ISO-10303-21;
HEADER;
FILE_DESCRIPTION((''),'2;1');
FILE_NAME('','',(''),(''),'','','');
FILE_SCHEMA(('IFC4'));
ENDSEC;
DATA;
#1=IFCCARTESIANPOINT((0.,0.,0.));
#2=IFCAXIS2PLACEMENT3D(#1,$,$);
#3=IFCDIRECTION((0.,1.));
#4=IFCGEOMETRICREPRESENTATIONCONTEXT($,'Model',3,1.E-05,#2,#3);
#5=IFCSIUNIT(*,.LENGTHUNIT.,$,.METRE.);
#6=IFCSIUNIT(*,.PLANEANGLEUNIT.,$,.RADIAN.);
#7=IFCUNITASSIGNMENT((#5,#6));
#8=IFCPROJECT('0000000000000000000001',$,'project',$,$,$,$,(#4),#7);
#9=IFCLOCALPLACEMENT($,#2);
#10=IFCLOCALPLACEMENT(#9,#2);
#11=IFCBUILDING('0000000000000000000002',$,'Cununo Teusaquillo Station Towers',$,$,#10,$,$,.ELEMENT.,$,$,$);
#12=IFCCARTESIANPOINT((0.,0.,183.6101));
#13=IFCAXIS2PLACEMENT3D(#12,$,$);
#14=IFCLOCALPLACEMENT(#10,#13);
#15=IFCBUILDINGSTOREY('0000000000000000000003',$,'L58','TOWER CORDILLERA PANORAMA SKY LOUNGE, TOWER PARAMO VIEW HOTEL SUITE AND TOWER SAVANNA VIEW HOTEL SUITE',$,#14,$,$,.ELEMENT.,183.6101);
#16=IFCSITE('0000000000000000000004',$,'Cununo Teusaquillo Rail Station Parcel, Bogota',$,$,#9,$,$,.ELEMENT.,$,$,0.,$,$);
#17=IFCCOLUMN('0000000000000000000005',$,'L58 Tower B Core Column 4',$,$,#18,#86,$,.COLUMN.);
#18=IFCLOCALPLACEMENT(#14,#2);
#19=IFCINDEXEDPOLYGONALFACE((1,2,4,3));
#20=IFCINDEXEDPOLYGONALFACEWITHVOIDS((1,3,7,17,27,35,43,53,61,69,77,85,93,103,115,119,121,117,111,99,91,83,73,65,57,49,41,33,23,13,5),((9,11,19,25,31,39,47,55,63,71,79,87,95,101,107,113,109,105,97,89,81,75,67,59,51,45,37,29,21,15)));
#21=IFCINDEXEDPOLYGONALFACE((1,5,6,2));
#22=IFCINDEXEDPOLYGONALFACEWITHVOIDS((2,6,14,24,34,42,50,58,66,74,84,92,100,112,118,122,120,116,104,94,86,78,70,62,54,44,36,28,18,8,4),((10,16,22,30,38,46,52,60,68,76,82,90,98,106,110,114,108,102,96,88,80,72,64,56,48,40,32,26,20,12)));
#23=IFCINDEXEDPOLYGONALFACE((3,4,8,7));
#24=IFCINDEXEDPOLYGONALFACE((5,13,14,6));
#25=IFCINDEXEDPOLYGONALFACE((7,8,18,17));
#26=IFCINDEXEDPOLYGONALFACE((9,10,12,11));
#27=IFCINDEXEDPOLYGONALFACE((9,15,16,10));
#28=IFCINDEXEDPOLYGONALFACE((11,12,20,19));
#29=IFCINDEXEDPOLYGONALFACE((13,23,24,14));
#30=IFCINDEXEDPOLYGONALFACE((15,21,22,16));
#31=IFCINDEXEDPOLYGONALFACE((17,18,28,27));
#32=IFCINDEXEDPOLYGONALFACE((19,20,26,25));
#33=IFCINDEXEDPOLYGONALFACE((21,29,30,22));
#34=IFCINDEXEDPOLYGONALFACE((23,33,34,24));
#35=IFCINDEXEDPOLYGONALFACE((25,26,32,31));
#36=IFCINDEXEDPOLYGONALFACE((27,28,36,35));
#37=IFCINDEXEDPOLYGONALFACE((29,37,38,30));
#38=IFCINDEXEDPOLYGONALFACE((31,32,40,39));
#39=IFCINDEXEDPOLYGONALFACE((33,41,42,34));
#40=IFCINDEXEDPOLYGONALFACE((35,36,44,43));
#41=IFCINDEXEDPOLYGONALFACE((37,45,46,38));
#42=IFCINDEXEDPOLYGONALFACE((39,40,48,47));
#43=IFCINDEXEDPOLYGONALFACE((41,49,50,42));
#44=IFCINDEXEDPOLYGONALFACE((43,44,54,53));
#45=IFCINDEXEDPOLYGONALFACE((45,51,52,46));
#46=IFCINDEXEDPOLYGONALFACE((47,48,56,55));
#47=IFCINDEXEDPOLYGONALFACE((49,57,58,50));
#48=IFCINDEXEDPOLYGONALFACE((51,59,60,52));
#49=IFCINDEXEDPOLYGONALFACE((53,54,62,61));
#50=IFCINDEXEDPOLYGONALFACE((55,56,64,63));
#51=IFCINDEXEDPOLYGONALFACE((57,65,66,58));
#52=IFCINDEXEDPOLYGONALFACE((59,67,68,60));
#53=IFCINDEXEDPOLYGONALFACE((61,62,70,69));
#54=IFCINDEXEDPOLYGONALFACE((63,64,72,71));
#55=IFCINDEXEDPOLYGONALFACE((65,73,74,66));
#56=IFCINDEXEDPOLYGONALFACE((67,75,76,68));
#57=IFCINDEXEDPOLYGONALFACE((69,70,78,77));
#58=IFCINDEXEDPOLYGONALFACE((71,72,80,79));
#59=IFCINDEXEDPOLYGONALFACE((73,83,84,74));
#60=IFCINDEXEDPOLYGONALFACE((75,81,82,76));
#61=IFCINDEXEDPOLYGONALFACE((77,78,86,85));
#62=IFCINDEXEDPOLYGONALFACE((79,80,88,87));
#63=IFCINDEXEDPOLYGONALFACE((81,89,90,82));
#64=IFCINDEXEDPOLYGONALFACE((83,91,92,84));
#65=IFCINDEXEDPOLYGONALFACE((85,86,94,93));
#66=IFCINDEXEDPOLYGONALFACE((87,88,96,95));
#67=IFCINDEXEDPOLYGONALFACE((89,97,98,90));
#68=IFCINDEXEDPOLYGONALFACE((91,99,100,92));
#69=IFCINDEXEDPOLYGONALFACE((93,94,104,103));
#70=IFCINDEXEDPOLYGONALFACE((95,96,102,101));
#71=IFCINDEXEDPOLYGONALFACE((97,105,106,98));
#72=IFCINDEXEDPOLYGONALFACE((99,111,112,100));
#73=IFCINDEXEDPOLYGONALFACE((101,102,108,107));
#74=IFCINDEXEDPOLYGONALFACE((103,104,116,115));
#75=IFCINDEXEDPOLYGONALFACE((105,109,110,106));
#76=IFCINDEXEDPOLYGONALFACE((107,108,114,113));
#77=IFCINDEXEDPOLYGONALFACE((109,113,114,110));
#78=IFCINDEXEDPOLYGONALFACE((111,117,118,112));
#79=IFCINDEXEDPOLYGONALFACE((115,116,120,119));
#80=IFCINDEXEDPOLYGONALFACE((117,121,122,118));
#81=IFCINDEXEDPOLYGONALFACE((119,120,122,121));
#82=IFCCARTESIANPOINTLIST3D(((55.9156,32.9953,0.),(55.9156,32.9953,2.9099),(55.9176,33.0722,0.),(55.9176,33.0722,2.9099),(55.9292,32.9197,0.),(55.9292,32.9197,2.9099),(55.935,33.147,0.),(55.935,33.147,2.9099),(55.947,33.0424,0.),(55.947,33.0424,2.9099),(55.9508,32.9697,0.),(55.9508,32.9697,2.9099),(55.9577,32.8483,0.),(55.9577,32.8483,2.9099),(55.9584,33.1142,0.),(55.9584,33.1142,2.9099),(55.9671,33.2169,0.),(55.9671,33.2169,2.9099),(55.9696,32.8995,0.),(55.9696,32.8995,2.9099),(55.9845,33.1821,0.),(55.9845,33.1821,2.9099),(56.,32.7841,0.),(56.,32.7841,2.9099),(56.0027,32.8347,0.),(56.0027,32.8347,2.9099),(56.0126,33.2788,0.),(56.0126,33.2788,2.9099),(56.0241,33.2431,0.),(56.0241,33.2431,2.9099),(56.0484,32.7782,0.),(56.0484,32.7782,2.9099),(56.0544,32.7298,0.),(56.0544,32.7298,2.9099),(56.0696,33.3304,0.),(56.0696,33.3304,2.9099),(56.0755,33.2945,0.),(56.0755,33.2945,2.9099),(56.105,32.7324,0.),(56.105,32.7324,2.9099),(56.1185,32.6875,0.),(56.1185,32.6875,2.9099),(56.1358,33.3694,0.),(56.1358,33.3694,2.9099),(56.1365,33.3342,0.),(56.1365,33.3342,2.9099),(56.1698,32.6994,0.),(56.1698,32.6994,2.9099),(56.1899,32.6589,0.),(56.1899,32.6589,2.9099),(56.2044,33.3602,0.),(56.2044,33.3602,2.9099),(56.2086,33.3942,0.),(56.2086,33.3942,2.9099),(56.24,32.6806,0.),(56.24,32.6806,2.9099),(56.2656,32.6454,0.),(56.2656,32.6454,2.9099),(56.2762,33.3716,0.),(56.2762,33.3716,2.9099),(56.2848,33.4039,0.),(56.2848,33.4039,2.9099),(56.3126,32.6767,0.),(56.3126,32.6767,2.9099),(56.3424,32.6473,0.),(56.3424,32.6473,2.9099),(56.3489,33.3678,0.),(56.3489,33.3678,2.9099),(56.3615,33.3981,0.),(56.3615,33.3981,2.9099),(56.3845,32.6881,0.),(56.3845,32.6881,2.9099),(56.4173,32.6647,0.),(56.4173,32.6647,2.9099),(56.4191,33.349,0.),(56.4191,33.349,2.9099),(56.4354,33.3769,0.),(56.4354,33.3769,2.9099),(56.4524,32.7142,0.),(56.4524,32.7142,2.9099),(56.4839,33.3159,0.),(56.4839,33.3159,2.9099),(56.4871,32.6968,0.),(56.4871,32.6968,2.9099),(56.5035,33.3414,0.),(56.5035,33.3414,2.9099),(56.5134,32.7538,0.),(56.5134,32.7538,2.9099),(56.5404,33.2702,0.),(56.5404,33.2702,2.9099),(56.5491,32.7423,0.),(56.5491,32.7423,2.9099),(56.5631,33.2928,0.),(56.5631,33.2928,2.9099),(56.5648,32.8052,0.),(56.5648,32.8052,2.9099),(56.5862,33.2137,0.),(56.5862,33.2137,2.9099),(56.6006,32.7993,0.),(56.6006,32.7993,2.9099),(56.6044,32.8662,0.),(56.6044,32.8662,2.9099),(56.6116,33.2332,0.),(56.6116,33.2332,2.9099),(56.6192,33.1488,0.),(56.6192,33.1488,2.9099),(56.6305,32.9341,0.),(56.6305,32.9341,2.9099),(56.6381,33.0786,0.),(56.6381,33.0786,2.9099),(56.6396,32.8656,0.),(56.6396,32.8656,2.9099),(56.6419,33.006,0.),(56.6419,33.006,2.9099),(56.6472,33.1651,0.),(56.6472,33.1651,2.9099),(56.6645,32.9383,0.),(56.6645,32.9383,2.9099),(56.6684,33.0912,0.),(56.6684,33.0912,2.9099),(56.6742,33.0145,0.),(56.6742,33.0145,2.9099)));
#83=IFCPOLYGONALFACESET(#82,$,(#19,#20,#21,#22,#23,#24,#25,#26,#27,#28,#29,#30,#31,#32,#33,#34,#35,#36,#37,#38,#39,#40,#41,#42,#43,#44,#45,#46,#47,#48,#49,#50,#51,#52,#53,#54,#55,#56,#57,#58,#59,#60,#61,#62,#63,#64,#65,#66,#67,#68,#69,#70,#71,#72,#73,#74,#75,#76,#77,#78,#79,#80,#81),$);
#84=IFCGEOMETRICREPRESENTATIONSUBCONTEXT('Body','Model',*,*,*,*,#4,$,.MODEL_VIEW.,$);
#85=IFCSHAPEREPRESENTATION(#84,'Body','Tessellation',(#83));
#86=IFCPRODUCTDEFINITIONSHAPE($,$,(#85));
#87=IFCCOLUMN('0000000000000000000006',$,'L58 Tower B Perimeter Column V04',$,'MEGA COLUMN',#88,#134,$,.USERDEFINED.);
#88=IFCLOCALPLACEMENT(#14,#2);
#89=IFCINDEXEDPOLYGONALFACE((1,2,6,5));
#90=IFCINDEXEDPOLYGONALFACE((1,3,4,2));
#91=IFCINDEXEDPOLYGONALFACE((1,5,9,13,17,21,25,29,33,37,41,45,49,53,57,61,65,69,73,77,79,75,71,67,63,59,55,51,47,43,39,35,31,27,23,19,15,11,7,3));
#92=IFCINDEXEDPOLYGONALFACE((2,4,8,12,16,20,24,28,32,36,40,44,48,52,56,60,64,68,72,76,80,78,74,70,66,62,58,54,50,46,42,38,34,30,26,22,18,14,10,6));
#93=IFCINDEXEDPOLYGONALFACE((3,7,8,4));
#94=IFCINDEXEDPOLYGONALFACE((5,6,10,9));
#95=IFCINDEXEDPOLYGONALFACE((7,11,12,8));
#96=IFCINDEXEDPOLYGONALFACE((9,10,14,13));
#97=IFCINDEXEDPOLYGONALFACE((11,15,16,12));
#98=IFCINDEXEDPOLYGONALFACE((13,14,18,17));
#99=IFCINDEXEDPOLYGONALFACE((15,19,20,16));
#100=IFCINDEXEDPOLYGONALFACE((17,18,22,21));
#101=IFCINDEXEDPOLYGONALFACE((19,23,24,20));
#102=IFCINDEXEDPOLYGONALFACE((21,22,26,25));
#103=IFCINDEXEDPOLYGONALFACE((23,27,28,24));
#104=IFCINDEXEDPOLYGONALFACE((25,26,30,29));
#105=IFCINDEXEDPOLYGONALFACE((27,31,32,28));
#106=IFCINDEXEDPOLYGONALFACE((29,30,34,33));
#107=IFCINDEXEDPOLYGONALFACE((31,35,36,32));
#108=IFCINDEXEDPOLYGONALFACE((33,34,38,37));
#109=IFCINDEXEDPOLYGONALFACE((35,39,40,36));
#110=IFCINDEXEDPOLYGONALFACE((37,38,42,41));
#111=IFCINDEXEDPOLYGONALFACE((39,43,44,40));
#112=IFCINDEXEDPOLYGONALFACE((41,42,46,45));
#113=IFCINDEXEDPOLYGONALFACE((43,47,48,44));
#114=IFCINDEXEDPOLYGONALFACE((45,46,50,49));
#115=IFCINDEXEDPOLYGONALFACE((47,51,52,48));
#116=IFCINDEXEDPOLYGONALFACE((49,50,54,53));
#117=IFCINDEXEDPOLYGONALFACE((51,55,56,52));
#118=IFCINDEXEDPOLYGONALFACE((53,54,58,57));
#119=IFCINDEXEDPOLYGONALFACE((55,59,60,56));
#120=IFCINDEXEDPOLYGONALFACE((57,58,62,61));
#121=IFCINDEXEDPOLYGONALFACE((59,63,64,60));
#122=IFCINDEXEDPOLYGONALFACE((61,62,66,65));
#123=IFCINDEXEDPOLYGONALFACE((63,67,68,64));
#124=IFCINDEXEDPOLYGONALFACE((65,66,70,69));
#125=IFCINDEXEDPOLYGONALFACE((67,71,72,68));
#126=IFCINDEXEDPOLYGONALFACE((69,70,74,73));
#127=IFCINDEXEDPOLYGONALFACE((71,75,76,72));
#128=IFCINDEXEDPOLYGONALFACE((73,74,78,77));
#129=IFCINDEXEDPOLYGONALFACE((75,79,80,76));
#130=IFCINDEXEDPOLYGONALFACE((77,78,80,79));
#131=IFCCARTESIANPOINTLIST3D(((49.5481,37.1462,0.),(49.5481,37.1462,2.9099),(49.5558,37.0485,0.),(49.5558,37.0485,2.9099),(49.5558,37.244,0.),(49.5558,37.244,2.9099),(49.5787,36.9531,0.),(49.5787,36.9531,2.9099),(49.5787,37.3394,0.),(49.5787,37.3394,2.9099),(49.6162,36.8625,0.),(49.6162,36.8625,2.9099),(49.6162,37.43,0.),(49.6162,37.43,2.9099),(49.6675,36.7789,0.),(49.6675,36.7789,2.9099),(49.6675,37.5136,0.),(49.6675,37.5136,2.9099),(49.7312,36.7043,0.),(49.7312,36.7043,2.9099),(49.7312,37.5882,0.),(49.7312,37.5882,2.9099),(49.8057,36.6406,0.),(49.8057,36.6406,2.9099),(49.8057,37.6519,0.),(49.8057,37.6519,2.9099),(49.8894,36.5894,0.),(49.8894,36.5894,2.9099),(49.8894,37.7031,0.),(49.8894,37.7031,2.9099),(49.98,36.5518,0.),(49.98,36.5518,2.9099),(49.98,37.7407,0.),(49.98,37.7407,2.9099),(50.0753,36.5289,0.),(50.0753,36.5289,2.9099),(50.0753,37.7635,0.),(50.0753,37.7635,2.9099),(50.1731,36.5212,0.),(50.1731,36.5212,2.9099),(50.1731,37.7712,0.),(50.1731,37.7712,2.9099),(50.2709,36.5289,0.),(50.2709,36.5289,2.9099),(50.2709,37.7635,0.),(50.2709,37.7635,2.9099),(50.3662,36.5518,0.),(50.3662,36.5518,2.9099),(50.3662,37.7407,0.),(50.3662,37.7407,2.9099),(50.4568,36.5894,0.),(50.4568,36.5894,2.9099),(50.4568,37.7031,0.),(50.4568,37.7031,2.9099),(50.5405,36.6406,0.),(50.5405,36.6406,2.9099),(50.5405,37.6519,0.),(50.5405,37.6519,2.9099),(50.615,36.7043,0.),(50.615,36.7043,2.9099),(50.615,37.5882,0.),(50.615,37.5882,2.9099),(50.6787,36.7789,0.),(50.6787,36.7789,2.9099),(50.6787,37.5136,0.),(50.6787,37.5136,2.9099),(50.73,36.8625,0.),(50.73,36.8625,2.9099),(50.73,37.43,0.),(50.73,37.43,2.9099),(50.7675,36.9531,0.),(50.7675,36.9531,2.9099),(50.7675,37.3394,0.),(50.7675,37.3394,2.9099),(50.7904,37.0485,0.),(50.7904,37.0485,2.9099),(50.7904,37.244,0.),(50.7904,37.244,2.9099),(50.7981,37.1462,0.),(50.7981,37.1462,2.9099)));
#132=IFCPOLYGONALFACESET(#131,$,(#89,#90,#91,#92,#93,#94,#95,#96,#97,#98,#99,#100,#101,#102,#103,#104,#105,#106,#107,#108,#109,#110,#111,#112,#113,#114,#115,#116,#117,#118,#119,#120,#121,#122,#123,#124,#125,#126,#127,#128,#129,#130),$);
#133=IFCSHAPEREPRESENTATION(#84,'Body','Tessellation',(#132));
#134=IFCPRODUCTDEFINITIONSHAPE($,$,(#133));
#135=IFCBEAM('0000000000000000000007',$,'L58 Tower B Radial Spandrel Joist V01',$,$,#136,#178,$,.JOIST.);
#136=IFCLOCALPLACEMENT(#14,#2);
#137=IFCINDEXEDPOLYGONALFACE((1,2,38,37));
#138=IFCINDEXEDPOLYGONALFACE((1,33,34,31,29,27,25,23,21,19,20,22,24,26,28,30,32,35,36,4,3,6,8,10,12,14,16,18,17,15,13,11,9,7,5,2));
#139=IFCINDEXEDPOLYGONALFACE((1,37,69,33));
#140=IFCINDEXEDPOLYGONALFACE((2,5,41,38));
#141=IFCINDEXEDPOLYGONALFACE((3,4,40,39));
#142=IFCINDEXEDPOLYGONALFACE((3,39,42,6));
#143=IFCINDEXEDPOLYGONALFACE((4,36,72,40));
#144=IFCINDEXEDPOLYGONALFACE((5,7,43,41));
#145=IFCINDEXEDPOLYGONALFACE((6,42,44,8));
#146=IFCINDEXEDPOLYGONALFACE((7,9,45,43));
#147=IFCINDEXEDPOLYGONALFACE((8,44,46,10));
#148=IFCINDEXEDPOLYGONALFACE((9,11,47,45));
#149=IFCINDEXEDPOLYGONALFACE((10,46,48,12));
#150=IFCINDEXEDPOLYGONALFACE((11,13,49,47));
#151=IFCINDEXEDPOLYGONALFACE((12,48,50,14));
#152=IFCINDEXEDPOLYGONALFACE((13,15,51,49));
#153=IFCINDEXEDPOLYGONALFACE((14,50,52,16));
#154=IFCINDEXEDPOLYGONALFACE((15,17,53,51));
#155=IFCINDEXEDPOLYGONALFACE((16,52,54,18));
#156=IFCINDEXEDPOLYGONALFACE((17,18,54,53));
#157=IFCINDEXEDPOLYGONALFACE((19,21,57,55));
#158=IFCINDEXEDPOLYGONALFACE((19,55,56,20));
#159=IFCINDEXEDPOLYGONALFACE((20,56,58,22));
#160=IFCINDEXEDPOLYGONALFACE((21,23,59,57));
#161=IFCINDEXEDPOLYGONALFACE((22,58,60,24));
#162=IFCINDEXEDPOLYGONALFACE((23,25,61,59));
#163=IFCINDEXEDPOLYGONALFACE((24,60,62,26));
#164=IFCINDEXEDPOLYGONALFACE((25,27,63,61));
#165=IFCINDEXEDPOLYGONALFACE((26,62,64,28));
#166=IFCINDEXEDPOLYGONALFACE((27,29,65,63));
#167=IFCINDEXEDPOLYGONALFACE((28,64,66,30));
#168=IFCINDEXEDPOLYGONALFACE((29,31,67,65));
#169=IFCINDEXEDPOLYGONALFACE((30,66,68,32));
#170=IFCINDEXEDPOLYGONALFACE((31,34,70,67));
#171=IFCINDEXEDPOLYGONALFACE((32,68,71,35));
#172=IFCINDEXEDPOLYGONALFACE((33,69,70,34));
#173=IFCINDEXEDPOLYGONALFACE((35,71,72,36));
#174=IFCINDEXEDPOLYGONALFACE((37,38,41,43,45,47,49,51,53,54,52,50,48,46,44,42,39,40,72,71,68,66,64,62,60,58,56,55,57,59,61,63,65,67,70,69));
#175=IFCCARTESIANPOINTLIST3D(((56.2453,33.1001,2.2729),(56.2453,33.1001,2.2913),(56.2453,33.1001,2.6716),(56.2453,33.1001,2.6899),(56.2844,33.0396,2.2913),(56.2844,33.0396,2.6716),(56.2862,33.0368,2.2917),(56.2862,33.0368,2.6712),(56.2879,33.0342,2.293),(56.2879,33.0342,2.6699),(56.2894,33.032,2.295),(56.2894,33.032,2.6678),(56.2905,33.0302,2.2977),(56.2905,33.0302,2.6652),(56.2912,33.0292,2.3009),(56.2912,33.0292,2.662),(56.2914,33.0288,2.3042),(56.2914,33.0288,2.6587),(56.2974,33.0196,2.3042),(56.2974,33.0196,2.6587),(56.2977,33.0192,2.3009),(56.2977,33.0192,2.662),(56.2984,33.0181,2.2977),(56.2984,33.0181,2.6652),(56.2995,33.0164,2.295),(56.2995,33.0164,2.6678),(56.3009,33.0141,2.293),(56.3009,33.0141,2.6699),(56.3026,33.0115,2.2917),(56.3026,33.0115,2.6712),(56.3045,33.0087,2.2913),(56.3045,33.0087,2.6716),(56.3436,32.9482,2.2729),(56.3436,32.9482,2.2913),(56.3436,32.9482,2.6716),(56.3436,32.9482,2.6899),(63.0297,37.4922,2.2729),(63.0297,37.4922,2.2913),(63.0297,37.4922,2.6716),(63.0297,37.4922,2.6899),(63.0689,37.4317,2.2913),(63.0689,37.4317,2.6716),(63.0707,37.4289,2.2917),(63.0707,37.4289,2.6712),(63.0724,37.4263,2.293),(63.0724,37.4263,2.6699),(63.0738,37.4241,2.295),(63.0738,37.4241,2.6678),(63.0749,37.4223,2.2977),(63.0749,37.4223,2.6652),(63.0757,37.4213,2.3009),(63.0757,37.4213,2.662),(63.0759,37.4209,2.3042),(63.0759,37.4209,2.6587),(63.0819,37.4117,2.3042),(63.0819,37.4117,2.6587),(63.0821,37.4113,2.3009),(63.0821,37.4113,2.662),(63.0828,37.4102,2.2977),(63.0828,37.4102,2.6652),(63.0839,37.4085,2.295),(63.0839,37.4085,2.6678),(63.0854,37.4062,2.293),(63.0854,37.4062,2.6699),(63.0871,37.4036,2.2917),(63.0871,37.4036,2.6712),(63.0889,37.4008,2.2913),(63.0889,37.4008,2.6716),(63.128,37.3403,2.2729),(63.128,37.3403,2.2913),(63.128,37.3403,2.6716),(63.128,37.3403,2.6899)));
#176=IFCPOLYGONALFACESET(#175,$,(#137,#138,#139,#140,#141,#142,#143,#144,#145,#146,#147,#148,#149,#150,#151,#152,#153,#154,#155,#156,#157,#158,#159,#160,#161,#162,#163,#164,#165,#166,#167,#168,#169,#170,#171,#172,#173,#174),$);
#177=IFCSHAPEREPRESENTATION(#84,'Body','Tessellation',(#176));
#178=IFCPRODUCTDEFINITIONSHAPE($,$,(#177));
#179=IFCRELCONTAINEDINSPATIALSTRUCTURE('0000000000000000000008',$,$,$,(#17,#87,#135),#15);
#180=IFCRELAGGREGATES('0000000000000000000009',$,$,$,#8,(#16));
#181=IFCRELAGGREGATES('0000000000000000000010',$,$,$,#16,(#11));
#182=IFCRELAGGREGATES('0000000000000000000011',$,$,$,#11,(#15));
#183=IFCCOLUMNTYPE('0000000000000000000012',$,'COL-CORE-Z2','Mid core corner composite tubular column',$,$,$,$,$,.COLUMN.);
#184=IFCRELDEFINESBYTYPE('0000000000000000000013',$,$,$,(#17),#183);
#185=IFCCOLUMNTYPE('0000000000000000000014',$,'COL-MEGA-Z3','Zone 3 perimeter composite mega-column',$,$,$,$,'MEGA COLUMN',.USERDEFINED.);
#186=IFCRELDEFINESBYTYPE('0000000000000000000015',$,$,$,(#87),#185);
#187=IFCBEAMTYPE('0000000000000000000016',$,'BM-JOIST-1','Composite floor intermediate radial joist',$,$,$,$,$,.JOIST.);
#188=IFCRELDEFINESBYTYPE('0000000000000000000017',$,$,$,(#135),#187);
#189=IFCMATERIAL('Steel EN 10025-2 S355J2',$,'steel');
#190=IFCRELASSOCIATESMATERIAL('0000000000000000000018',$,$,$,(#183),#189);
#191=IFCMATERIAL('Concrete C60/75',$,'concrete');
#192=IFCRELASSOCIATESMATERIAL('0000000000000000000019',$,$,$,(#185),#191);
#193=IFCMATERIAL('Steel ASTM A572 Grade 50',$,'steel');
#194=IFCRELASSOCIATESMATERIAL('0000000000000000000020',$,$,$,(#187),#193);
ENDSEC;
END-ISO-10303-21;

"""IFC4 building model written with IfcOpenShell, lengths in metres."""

from ifc_helpers import new_model, si_unit, direction, frame, origin, origin_2d, place, context, subcontext, project, spatial, circle, hollow_circle, i_section, extrude, material, material_profile, profile_set, type_object, element, save


model = new_model("IFC4")

# Units and contexts
model_context = context("Model", 3, precision=1e-05, world=origin(), true_north=direction((0.0, 1.0)))
body_context = subcontext(model_context, "Body", "Model", "MODEL_VIEW")
ifc_project = project(units=[si_unit("LENGTHUNIT", "METRE"), si_unit("PLANEANGLEUNIT", "RADIAN")], contexts=[model_context])

# Site, building, storey
site_placement = place(None, origin())
site = spatial("IfcSite", under=ifc_project, at=site_placement, Name="Cununo Teusaquillo Rail Station Parcel, Bogota", CompositionType="ELEMENT", RefElevation=0.0)
building_placement = place(site_placement, origin())
building = spatial("IfcBuilding", under=site, at=building_placement, Name="Cununo Teusaquillo Station Towers", CompositionType="ELEMENT")
storey_placement = place(building_placement, frame((0.0, 0.0, 183.6101)))
storey = spatial("IfcBuildingStorey", under=building, at=storey_placement, Name="L58", Description="TOWER CORDILLERA PANORAMA SKY LOUNGE, TOWER PARAMO VIEW HOTEL SUITE AND TOWER SAVANNA VIEW HOTEL SUITE", CompositionType="ELEMENT", Elevation=183.6101)

# Columns
ifc_material_1 = material(Name="Steel EN 10025-2 S355J2", Category="steel")
ifc_material_profile_1 = material_profile(ifc_material_1, hollow_circle(Radius=0.3799, WallThickness=0.032, at=origin_2d()), Name="CHS 760x32")
ifc_profile_set_1 = profile_set([ifc_material_profile_1], Name="Steel EN 10025-2 S355J2")
column_type_1 = type_object("IfcColumnType", Name="COL-CORE-Z2", Description="Mid core corner composite tubular column", PredefinedType="COLUMN", material=ifc_profile_set_1)
column_1_placement = place(storey_placement, frame((56.2944, 33.0242, 0.0), z_axis=(0.0, 0.0, 1.0), x_axis=(0.707107, 0.707107, 0.0)))
element("IfcColumn", 1, at=column_1_placement, inside=storey, type_object=column_type_1, Name="L58 Tower B Core Column 4", PredefinedType="COLUMN", context=body_context, shape_type="SweptSolid", body=[
    extrude(hollow_circle(Radius=0.3799, WallThickness=0.032, at=origin_2d()), origin(), (0.0, 0.0, 1.0), 2.9099),
])
ifc_material_2 = material(Name="Concrete C60/75", Category="concrete")
ifc_material_profile_2 = material_profile(ifc_material_2, circle(Radius=0.625, at=origin_2d()), Name="RC-CIRC-1250")
ifc_profile_set_2 = profile_set([ifc_material_profile_2], Name="Concrete C60/75")
column_type_2 = type_object("IfcColumnType", Name="COL-MEGA-Z3", Description="Zone 3 perimeter composite mega-column", ElementType="MEGA COLUMN", PredefinedType="USERDEFINED", material=ifc_profile_set_2)
column_2_placement = place(storey_placement, frame((50.1731, 37.1462, 0.0), z_axis=(0.0, 0.0, 1.0), x_axis=(1.0, 0.0, 0.0)))
element("IfcColumn", 2, at=column_2_placement, inside=storey, type_object=column_type_2, Name="L58 Tower B Perimeter Column V04", ObjectType="MEGA COLUMN", PredefinedType="USERDEFINED", context=body_context, shape_type="SweptSolid", body=[
    extrude(circle(Radius=0.625, at=origin_2d()), origin(), (0.0, 0.0, 1.0), 2.9099),
])

# Beam
ifc_material_3 = material(Name="Steel ASTM A572 Grade 50", Category="steel")
ifc_material_profile_3 = material_profile(ifc_material_3, i_section(OverallWidth=0.1809, OverallDepth=0.417, WebThickness=0.011, FlangeThickness=0.0183, FilletRadius=0.0129, at=origin_2d()), Name="W16X57")
ifc_profile_set_3 = profile_set([ifc_material_profile_3], Name="Steel ASTM A572 Grade 50")
beam_type_1 = type_object("IfcBeamType", Name="BM-JOIST-1", Description="Composite floor intermediate radial joist", PredefinedType="JOIST", material=ifc_profile_set_3)
beam_1_placement = place(storey_placement, frame((56.2944, 33.0242, 2.4814), z_axis=(0.839448, 0.54344, 0.0), x_axis=(-0.54344, 0.839448, 0.0)))
element("IfcBeam", 3, at=beam_1_placement, inside=storey, type_object=beam_type_1, Name="L58 Tower B Radial Spandrel Joist V01", PredefinedType="JOIST", context=body_context, shape_type="SweptSolid", body=[
    extrude(i_section(OverallWidth=0.1809, OverallDepth=0.417, WebThickness=0.011, FlangeThickness=0.0183, FilletRadius=0.0129, at=origin_2d()), origin(), (0.0, 0.0, 1.0), 8.082),
])

save(model, "model.ifc")
